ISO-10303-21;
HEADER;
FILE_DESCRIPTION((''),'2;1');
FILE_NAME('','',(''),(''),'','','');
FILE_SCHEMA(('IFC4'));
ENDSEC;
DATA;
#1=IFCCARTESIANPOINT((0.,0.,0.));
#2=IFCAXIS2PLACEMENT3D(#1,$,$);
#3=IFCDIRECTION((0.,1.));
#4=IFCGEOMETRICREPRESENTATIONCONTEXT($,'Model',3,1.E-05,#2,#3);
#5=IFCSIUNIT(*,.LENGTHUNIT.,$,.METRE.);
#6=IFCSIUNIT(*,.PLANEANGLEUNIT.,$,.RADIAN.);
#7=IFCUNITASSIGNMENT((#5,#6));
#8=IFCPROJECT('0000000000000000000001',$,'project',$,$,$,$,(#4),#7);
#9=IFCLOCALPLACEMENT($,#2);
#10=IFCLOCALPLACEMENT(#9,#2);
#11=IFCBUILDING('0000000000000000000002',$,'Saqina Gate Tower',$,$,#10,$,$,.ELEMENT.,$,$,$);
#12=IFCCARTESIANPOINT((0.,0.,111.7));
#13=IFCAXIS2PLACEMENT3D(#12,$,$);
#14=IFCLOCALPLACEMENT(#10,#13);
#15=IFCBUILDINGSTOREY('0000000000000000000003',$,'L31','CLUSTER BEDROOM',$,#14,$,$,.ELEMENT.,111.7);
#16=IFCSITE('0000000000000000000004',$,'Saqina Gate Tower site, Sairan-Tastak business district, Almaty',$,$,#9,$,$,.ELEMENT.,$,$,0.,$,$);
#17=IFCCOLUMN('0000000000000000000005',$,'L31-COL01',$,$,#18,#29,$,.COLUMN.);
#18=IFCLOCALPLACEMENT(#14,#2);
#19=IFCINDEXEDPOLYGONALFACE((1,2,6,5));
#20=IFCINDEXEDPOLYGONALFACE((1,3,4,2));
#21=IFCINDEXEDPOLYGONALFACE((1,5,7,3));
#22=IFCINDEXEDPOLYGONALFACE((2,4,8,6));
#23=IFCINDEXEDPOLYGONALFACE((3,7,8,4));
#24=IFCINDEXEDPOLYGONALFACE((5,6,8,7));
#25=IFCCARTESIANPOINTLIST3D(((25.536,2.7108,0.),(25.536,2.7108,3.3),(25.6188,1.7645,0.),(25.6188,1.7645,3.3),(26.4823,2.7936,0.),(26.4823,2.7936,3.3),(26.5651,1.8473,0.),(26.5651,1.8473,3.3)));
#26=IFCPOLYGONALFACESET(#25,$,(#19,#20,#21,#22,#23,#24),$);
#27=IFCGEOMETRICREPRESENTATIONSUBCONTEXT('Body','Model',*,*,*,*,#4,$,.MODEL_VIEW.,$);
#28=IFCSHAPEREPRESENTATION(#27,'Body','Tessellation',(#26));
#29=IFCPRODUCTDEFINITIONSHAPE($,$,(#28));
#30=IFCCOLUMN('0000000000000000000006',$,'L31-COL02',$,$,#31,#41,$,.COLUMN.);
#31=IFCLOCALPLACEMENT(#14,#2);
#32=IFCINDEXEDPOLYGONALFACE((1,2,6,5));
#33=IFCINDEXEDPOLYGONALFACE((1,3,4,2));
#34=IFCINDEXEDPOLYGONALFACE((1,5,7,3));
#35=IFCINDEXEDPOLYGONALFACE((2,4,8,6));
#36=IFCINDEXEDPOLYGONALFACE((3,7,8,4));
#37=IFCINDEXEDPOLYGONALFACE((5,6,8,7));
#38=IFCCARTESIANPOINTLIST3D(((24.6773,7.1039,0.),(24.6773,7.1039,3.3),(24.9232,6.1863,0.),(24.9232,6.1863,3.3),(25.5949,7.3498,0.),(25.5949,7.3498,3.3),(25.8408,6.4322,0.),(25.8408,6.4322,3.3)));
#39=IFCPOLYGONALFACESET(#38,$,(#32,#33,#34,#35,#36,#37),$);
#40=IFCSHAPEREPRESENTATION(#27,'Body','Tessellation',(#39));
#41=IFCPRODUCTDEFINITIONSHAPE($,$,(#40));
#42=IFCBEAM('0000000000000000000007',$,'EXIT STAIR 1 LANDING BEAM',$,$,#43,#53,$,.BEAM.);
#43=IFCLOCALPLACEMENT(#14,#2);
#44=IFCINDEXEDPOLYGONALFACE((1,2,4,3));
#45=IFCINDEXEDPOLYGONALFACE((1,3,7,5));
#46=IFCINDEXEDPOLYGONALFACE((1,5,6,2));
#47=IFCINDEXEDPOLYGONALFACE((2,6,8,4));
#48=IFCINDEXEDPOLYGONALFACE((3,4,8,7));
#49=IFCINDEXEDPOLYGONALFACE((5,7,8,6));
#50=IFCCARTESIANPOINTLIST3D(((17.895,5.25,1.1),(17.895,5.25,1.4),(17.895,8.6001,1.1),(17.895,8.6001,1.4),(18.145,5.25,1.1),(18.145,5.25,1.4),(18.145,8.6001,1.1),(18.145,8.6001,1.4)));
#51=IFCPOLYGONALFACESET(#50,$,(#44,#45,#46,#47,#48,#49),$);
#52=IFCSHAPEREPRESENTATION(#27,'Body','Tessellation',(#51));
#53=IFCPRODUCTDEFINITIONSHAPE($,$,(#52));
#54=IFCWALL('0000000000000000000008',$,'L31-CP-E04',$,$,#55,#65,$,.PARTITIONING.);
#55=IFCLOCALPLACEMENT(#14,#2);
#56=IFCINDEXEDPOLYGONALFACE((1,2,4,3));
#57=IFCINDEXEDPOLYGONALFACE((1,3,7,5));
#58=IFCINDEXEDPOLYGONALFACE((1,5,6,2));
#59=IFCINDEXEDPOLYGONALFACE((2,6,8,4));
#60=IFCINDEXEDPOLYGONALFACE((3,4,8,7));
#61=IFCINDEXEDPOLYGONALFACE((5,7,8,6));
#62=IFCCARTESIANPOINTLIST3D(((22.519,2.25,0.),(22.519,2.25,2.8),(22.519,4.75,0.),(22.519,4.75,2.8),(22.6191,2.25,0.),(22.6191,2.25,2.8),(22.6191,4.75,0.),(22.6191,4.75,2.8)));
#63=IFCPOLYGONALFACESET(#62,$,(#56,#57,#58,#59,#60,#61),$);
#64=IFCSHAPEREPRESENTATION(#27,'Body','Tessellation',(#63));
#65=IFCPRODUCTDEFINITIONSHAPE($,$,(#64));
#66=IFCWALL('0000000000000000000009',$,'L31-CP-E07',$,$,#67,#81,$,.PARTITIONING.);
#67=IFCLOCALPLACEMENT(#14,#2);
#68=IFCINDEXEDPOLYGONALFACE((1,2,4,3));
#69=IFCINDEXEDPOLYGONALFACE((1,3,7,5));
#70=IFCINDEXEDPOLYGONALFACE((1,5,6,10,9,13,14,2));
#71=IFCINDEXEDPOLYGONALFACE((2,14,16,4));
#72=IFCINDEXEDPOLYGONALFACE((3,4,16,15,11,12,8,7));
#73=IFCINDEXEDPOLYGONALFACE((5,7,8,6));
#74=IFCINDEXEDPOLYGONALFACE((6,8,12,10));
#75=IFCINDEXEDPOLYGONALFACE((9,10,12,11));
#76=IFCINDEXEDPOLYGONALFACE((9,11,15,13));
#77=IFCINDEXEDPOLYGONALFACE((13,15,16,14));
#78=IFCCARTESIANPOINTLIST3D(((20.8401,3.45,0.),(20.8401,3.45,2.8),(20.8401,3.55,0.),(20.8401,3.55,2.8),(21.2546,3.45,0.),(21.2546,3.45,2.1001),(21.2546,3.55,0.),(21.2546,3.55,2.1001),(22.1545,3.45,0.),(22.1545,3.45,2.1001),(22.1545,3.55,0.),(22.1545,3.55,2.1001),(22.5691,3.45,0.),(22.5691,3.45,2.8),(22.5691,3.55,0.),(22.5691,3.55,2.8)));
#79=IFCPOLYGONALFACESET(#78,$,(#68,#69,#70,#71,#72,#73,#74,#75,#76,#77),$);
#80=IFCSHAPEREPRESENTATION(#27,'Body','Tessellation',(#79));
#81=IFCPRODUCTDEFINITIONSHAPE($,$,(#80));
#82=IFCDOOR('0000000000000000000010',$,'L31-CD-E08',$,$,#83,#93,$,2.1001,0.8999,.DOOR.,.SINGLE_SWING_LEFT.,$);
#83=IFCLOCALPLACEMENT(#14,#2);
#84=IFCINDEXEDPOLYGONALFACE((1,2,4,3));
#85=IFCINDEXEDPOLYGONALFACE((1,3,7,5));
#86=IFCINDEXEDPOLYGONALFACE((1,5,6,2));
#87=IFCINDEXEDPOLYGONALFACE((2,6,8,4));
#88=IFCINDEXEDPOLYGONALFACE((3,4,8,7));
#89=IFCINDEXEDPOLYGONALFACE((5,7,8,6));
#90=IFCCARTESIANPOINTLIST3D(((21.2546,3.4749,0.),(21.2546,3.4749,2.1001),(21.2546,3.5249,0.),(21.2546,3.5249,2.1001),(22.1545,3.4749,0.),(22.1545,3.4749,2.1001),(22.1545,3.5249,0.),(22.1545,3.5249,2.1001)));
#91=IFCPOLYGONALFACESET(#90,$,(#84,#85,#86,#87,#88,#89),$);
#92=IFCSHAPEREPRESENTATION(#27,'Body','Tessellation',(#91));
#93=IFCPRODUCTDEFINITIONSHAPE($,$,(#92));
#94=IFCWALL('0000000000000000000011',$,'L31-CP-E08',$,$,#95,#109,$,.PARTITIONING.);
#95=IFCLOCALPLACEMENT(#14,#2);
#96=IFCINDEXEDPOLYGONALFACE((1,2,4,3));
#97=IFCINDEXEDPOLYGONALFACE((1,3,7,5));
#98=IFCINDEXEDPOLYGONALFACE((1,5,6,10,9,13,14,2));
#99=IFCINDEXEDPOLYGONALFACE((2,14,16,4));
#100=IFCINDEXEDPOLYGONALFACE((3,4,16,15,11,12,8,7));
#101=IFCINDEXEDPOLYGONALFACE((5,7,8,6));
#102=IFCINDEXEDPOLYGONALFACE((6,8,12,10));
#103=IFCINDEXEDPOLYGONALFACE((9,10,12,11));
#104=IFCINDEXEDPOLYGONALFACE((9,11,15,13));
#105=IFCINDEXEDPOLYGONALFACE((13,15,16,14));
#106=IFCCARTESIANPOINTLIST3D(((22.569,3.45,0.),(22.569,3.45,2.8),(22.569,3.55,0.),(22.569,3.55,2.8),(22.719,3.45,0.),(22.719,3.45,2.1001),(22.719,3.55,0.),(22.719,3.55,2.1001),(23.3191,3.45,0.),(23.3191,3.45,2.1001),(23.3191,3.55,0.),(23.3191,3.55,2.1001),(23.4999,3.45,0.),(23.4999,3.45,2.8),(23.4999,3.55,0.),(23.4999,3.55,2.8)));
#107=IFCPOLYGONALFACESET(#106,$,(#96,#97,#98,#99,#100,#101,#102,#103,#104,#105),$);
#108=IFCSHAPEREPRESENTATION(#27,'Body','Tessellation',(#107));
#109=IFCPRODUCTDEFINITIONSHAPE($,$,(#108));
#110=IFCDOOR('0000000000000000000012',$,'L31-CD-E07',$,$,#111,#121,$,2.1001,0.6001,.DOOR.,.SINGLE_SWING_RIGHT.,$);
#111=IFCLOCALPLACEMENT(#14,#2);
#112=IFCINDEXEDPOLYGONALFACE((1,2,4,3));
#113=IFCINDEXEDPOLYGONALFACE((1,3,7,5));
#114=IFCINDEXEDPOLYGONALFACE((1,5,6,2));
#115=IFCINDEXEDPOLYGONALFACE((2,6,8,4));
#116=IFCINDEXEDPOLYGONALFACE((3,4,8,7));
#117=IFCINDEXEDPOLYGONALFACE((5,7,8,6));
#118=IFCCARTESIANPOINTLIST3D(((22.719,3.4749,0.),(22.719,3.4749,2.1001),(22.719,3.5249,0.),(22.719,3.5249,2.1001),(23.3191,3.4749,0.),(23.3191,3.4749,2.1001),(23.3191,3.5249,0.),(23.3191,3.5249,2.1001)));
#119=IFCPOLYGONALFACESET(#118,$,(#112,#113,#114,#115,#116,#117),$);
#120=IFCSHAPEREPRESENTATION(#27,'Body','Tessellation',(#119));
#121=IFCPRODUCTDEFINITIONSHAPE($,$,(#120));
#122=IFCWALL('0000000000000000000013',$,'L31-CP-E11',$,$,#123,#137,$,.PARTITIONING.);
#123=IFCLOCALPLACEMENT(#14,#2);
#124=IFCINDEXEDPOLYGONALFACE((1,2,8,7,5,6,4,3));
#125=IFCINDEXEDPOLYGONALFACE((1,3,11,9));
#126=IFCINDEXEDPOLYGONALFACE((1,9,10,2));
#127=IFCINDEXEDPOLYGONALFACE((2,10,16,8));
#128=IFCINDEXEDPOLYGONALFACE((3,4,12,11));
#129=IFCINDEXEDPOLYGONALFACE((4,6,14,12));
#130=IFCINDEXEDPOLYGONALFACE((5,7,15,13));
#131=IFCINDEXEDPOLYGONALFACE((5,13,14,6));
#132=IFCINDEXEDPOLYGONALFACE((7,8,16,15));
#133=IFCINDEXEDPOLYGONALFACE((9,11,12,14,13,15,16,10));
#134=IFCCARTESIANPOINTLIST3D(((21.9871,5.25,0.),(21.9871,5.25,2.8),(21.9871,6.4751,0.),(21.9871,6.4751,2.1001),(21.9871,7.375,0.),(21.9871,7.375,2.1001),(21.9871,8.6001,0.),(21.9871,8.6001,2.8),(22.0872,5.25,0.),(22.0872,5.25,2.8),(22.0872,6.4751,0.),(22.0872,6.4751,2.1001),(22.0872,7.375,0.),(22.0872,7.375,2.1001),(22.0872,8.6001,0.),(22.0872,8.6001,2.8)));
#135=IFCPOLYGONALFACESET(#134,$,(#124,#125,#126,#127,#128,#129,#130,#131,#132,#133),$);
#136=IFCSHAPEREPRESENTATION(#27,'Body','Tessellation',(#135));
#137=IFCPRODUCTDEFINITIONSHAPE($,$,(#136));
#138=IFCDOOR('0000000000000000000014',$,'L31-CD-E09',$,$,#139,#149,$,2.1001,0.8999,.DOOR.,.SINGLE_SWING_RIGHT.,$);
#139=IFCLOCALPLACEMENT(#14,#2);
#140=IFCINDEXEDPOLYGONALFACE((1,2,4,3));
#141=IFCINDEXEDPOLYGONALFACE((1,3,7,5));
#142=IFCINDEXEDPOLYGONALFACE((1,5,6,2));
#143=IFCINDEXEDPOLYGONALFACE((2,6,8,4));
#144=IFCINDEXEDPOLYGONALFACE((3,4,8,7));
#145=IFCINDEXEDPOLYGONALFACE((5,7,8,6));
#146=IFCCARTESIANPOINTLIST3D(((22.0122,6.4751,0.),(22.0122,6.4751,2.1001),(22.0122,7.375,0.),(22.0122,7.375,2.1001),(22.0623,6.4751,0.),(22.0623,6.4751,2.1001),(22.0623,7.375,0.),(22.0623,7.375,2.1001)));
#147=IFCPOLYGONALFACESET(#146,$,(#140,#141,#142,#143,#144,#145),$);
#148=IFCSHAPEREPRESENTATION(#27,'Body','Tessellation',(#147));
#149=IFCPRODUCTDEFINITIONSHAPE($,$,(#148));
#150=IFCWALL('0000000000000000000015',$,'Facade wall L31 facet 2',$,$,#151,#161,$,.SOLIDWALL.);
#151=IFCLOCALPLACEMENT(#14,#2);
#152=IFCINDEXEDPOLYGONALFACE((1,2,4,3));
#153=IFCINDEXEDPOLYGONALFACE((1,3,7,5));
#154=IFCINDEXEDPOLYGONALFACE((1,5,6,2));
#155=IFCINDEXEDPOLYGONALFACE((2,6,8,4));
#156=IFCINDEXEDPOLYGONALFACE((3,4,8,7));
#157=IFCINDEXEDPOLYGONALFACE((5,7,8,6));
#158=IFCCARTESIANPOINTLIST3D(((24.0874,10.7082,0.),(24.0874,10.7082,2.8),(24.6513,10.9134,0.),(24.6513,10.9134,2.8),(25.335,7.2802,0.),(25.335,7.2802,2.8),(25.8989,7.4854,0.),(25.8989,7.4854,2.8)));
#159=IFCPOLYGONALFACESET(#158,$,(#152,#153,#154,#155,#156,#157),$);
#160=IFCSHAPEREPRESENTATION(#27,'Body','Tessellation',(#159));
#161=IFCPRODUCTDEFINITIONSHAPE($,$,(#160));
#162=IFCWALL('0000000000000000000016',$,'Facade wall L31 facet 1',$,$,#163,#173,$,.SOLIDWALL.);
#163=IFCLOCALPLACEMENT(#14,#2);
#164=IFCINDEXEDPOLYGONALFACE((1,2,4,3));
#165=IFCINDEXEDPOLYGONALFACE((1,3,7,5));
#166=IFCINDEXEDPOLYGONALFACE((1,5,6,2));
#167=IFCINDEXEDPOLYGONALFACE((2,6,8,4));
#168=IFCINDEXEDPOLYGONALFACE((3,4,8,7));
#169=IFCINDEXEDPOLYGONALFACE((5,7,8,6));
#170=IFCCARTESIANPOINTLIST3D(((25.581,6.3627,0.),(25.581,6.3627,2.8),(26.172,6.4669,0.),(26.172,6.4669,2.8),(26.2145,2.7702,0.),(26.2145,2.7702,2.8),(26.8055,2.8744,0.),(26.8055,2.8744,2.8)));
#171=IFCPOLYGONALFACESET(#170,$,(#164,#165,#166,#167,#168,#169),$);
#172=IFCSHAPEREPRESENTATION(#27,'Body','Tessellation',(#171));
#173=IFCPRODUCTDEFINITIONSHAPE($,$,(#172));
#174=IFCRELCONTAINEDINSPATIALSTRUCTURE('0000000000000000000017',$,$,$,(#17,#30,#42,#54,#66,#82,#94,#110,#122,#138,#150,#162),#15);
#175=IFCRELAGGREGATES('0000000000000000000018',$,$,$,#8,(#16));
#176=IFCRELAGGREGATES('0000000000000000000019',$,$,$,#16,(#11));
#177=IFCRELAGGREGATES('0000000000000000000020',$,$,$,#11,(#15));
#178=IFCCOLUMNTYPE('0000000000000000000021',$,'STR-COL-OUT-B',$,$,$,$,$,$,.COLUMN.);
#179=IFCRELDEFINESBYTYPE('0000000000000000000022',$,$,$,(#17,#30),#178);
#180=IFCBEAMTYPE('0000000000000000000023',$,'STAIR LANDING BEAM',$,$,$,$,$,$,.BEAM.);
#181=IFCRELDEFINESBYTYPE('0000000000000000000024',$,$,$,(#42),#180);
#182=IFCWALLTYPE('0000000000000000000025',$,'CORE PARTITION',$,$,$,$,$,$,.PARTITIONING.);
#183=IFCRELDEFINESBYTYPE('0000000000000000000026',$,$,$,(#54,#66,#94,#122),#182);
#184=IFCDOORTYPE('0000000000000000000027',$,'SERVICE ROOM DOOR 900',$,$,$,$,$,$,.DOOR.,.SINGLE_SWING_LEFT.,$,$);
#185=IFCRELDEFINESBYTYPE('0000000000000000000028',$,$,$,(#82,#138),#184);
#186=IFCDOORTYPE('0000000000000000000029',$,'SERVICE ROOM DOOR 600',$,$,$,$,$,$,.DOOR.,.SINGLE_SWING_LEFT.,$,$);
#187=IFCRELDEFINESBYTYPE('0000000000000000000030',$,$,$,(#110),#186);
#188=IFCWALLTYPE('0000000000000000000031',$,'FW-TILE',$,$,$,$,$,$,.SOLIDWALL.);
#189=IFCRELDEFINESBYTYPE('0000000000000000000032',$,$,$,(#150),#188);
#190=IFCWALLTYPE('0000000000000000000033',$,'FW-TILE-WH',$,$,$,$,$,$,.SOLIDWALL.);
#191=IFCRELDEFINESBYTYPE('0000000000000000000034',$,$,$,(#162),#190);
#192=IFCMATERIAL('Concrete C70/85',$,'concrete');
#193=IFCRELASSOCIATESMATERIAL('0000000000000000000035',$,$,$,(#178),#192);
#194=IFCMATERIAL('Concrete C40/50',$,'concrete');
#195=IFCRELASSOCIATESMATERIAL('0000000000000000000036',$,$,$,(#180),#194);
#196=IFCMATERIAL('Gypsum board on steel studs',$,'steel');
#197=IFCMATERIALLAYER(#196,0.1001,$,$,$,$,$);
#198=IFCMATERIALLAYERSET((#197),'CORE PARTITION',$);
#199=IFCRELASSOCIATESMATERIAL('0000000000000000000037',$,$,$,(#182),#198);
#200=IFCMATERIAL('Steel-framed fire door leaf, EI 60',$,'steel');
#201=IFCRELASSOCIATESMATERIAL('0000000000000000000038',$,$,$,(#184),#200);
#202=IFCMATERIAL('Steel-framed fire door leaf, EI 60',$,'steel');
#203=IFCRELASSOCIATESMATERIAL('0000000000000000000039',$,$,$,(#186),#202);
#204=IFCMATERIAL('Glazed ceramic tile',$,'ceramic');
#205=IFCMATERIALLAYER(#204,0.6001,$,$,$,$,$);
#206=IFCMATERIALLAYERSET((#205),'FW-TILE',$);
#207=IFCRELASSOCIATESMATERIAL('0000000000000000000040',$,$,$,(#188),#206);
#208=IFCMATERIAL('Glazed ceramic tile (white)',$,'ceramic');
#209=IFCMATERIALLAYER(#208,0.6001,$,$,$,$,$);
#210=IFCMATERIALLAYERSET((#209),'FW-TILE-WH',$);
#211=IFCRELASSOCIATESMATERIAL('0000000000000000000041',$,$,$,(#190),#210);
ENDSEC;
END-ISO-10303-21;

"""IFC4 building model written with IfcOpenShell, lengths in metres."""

from ifc_helpers import new_model, si_unit, direction, frame, frame_2d, origin, origin_2d, place, context, subcontext, project, spatial, rectangle, extrude, material, layer, layer_set, material_profile, profile_set, type_object, element, fill, save


model = new_model("IFC4")

# Units and contexts
model_context = context("Model", 3, precision=1e-05, world=origin(), true_north=direction((0.0, 1.0)))
body_context = subcontext(model_context, "Body", "Model", "MODEL_VIEW")
ifc_project = project(units=[si_unit("LENGTHUNIT", "METRE"), si_unit("PLANEANGLEUNIT", "RADIAN")], contexts=[model_context])

# Site, building, storey
site_placement = place(None, origin())
site = spatial("IfcSite", under=ifc_project, at=site_placement, Name="Saqina Gate Tower site, Sairan-Tastak business district, Almaty", CompositionType="ELEMENT", RefElevation=0.0)
building_placement = place(site_placement, origin())
building = spatial("IfcBuilding", under=site, at=building_placement, Name="Saqina Gate Tower", CompositionType="ELEMENT")
storey_placement = place(building_placement, frame((0.0, 0.0, 111.7)))
storey = spatial("IfcBuildingStorey", under=building, at=storey_placement, Name="L31", Description="CLUSTER BEDROOM", CompositionType="ELEMENT", Elevation=111.7)

# Columns
ifc_material_1 = material(Name="Concrete C70/85", Category="concrete")
ifc_material_profile_1 = material_profile(ifc_material_1, rectangle(XDim=0.95, YDim=0.95, at=origin_2d()), Name="RC 950x950")
ifc_profile_set_1 = profile_set([ifc_material_profile_1], Name="Concrete C70/85")
column_type = type_object("IfcColumnType", Name="STR-COL-OUT-B", PredefinedType="COLUMN", material=ifc_profile_set_1)
for number, where, z_axis, x_axis, name in (
    (1, (26.0505, 2.2791, 0.0), (0.0, 0.0, 1.0), (0.996195, 0.087156, 0.0), "L31-COL01"),
    (2, (25.259, 6.7681, 0.0), (0.0, 0.0, 1.0), (0.965926, 0.258819, 0.0), "L31-COL02"),
):
    element("IfcColumn", number, at=place(storey_placement, frame(where, z_axis=z_axis, x_axis=x_axis)), inside=storey, type_object=column_type, Name=name, PredefinedType="COLUMN", context=body_context, shape_type="SweptSolid", body=[
        extrude(rectangle(XDim=0.95, YDim=0.95, at=origin_2d()), origin(), (0.0, 0.0, 1.0), 3.3),
    ])

# Beam
ifc_material_2 = material(Name="Concrete C40/50", Category="concrete")
ifc_material_profile_2 = material_profile(ifc_material_2, rectangle(XDim=0.25, YDim=0.3, at=origin_2d()), Name="STAIR LANDING BEAM")
ifc_profile_set_2 = profile_set([ifc_material_profile_2], Name="Concrete C40/50")
beam_type = type_object("IfcBeamType", Name="STAIR LANDING BEAM", PredefinedType="BEAM", material=ifc_profile_set_2)
beam_placement = place(storey_placement, frame((18.02, 5.25, 1.25), z_axis=(0.0, 1.0, 0.0), x_axis=(-1.0, 0.0, 0.0)))
element("IfcBeam", 3, at=beam_placement, inside=storey, type_object=beam_type, Name="EXIT STAIR 1 LANDING BEAM", PredefinedType="BEAM", context=body_context, shape_type="SweptSolid", body=[
    extrude(rectangle(XDim=0.25, YDim=0.3, at=origin_2d()), origin(), (0.0, 0.0, 1.0), 3.3501),
])

# Wall
ifc_material_3 = material(Name="Gypsum board on steel studs", Category="steel")
ifc_layer_1 = layer(ifc_material_3, 0.1001)
ifc_layer_set_1 = layer_set([ifc_layer_1], Name="CORE PARTITION")
wall_type_1 = type_object("IfcWallType", Name="CORE PARTITION", PredefinedType="PARTITIONING", material=ifc_layer_set_1)
wall_1_placement = place(storey_placement, frame((22.5691, 2.25, 0.0), z_axis=(0.0, 0.0, 1.0), x_axis=(0.0, 1.0, 0.0)))
element("IfcWall", 4, at=wall_1_placement, inside=storey, type_object=wall_type_1, Name="L31-CP-E04", PredefinedType="PARTITIONING", context=body_context, shape_type="SweptSolid", body=[
    extrude(rectangle(XDim=2.5, YDim=0.1001, at=frame_2d((1.25, 0.0))), origin(), (0.0, 0.0, 1.0), 2.8),
])

# Walls, openings, doors
wall_2_placement = place(storey_placement, frame((20.8401, 3.5, 0.0), z_axis=(0.0, 0.0, 1.0), x_axis=(1.0, 0.0, 0.0)))
wall_2 = element("IfcWall", 5, at=wall_2_placement, inside=storey, type_object=wall_type_1, Name="L31-CP-E07", PredefinedType="PARTITIONING", context=body_context, shape_type="SweptSolid", body=[
    extrude(rectangle(XDim=1.729, YDim=0.1001, at=frame_2d((0.8645, 0.0))), origin(), (0.0, 0.0, 1.0), 2.8),
])
opening_1_placement = place(wall_2_placement, frame((0.4146, 0.0, 0.0)))
opening_1 = element("IfcOpeningElement", 6, at=opening_1_placement, cuts=wall_2, PredefinedType="OPENING", context=body_context, shape_type="SweptSolid", body=[
    extrude(rectangle(XDim=0.8999, YDim=2.1001, at=frame_2d((0.45, 1.05))), frame((0.0, 0.062, 0.0), z_axis=(0.0, -1.0, 0.0), x_axis=(1.0, 0.0, 0.0)), (0.0, 0.0, 1.0), 0.124),
])
ifc_material_4 = material(Name="Steel-framed fire door leaf, EI 60", Category="steel")
door_type_1 = type_object("IfcDoorType", Name="SERVICE ROOM DOOR 900", OperationType="SINGLE_SWING_LEFT", PredefinedType="DOOR", material=ifc_material_4)
door_1_placement = place(opening_1_placement, origin())
door_1 = element("IfcDoor", 7, at=door_1_placement, inside=storey, type_object=door_type_1, Name="L31-CD-E08", OperationType="SINGLE_SWING_LEFT", OverallHeight=2.1001, OverallWidth=0.8999, PredefinedType="DOOR", context=body_context, shape_type="SweptSolid", body=[
    extrude(rectangle(XDim=0.8999, YDim=2.1001, at=frame_2d((0.45, 1.05))), frame((0.0, 0.0249, 0.0), z_axis=(0.0, -1.0, 0.0), x_axis=(1.0, 0.0, 0.0)), (0.0, 0.0, 1.0), 0.05),
])
fill(opening_1, door_1)
wall_3_placement = place(storey_placement, frame((22.5691, 3.5, 0.0), z_axis=(0.0, 0.0, 1.0), x_axis=(1.0, 0.0, 0.0)))
wall_3 = element("IfcWall", 8, at=wall_3_placement, inside=storey, type_object=wall_type_1, Name="L31-CP-E08", PredefinedType="PARTITIONING", context=body_context, shape_type="SweptSolid", body=[
    extrude(rectangle(XDim=0.9309, YDim=0.1001, at=frame_2d((0.4653, 0.0))), origin(), (0.0, 0.0, 1.0), 2.8),
])
opening_2_placement = place(wall_3_placement, frame((0.1499, 0.0, 0.0)))
opening_2 = element("IfcOpeningElement", 9, at=opening_2_placement, cuts=wall_3, PredefinedType="OPENING", context=body_context, shape_type="SweptSolid", body=[
    extrude(rectangle(XDim=0.6001, YDim=2.1001, at=frame_2d((0.3, 1.05))), frame((0.0, 0.062, 0.0), z_axis=(0.0, -1.0, 0.0), x_axis=(1.0, 0.0, 0.0)), (0.0, 0.0, 1.0), 0.124),
])
ifc_material_5 = material(Name="Steel-framed fire door leaf, EI 60", Category="steel")
door_type_2 = type_object("IfcDoorType", Name="SERVICE ROOM DOOR 600", OperationType="SINGLE_SWING_LEFT", PredefinedType="DOOR", material=ifc_material_5)
door_2_placement = place(opening_2_placement, origin())
door_2 = element("IfcDoor", 10, at=door_2_placement, inside=storey, type_object=door_type_2, Name="L31-CD-E07", OperationType="SINGLE_SWING_RIGHT", OverallHeight=2.1001, OverallWidth=0.6001, PredefinedType="DOOR", context=body_context, shape_type="SweptSolid", body=[
    extrude(rectangle(XDim=0.6001, YDim=2.1001, at=frame_2d((0.3, 1.05))), frame((0.0, 0.0249, 0.0), z_axis=(0.0, -1.0, 0.0), x_axis=(1.0, 0.0, 0.0)), (0.0, 0.0, 1.0), 0.05),
])
fill(opening_2, door_2)
wall_4_placement = place(storey_placement, frame((22.0371, 5.25, 0.0), z_axis=(0.0, 0.0, 1.0), x_axis=(0.0, 1.0, 0.0)))
wall_4 = element("IfcWall", 11, at=wall_4_placement, inside=storey, type_object=wall_type_1, Name="L31-CP-E11", PredefinedType="PARTITIONING", context=body_context, shape_type="SweptSolid", body=[
    extrude(rectangle(XDim=3.3501, YDim=0.1001, at=frame_2d((1.675, 0.0))), origin(), (0.0, 0.0, 1.0), 2.8),
])
opening_3_placement = place(wall_4_placement, frame((1.2251, 0.0, 0.0)))
opening_3 = element("IfcOpeningElement", 12, at=opening_3_placement, cuts=wall_4, PredefinedType="OPENING", context=body_context, shape_type="SweptSolid", body=[
    extrude(rectangle(XDim=0.8999, YDim=2.1001, at=frame_2d((0.45, 1.05))), frame((0.0, 0.062, 0.0), z_axis=(0.0, -1.0, 0.0), x_axis=(1.0, 0.0, 0.0)), (0.0, 0.0, 1.0), 0.124),
])
door_3_placement = place(opening_3_placement, origin())
door_3 = element("IfcDoor", 13, at=door_3_placement, inside=storey, type_object=door_type_1, Name="L31-CD-E09", OperationType="SINGLE_SWING_RIGHT", OverallHeight=2.1001, OverallWidth=0.8999, PredefinedType="DOOR", context=body_context, shape_type="SweptSolid", body=[
    extrude(rectangle(XDim=0.8999, YDim=2.1001, at=frame_2d((0.45, 1.05))), frame((0.0, 0.0249, 0.0), z_axis=(0.0, -1.0, 0.0), x_axis=(1.0, 0.0, 0.0)), (0.0, 0.0, 1.0), 0.05),
])
fill(opening_3, door_3)

# Walls
ifc_material_6 = material(Name="Glazed ceramic tile", Category="ceramic")
ifc_layer_2 = layer(ifc_material_6, 0.6001)
ifc_layer_set_2 = layer_set([ifc_layer_2], Name="FW-TILE")
wall_type_2 = type_object("IfcWallType", Name="FW-TILE", PredefinedType="SOLIDWALL", material=ifc_layer_set_2)
wall_5_placement = place(storey_placement, frame((25.6169, 7.3828, 0.0), z_axis=(0.0, 0.0, 1.0), x_axis=(-0.34199, 0.939704, 0.0)))
element("IfcWall", 14, at=wall_5_placement, inside=storey, type_object=wall_type_2, Name="Facade wall L31 facet 2", PredefinedType="SOLIDWALL", context=body_context, shape_type="SweptSolid", body=[
    extrude(rectangle(XDim=3.6479, YDim=0.6001, at=frame_2d((1.824, 0.0))), origin(), (0.0, 0.0, 1.0), 2.8),
])
ifc_material_7 = material(Name="Glazed ceramic tile (white)", Category="ceramic")
ifc_layer_3 = layer(ifc_material_7, 0.6001)
ifc_layer_set_3 = layer_set([ifc_layer_3], Name="FW-TILE-WH")
wall_type_3 = type_object("IfcWallType", Name="FW-TILE-WH", PredefinedType="SOLIDWALL", material=ifc_layer_set_3)
wall_6_placement = place(storey_placement, frame((26.51, 2.8223, 0.0), z_axis=(0.0, 0.0, 1.0), x_axis=(-0.173671, 0.984804, 0.0)))
element("IfcWall", 15, at=wall_6_placement, inside=storey, type_object=wall_type_3, Name="Facade wall L31 facet 1", PredefinedType="SOLIDWALL", context=body_context, shape_type="SweptSolid", body=[
    extrude(rectangle(XDim=3.6479, YDim=0.6001, at=frame_2d((1.824, 0.0))), origin(), (0.0, 0.0, 1.0), 2.8),
])

save(model, "model.ifc")
